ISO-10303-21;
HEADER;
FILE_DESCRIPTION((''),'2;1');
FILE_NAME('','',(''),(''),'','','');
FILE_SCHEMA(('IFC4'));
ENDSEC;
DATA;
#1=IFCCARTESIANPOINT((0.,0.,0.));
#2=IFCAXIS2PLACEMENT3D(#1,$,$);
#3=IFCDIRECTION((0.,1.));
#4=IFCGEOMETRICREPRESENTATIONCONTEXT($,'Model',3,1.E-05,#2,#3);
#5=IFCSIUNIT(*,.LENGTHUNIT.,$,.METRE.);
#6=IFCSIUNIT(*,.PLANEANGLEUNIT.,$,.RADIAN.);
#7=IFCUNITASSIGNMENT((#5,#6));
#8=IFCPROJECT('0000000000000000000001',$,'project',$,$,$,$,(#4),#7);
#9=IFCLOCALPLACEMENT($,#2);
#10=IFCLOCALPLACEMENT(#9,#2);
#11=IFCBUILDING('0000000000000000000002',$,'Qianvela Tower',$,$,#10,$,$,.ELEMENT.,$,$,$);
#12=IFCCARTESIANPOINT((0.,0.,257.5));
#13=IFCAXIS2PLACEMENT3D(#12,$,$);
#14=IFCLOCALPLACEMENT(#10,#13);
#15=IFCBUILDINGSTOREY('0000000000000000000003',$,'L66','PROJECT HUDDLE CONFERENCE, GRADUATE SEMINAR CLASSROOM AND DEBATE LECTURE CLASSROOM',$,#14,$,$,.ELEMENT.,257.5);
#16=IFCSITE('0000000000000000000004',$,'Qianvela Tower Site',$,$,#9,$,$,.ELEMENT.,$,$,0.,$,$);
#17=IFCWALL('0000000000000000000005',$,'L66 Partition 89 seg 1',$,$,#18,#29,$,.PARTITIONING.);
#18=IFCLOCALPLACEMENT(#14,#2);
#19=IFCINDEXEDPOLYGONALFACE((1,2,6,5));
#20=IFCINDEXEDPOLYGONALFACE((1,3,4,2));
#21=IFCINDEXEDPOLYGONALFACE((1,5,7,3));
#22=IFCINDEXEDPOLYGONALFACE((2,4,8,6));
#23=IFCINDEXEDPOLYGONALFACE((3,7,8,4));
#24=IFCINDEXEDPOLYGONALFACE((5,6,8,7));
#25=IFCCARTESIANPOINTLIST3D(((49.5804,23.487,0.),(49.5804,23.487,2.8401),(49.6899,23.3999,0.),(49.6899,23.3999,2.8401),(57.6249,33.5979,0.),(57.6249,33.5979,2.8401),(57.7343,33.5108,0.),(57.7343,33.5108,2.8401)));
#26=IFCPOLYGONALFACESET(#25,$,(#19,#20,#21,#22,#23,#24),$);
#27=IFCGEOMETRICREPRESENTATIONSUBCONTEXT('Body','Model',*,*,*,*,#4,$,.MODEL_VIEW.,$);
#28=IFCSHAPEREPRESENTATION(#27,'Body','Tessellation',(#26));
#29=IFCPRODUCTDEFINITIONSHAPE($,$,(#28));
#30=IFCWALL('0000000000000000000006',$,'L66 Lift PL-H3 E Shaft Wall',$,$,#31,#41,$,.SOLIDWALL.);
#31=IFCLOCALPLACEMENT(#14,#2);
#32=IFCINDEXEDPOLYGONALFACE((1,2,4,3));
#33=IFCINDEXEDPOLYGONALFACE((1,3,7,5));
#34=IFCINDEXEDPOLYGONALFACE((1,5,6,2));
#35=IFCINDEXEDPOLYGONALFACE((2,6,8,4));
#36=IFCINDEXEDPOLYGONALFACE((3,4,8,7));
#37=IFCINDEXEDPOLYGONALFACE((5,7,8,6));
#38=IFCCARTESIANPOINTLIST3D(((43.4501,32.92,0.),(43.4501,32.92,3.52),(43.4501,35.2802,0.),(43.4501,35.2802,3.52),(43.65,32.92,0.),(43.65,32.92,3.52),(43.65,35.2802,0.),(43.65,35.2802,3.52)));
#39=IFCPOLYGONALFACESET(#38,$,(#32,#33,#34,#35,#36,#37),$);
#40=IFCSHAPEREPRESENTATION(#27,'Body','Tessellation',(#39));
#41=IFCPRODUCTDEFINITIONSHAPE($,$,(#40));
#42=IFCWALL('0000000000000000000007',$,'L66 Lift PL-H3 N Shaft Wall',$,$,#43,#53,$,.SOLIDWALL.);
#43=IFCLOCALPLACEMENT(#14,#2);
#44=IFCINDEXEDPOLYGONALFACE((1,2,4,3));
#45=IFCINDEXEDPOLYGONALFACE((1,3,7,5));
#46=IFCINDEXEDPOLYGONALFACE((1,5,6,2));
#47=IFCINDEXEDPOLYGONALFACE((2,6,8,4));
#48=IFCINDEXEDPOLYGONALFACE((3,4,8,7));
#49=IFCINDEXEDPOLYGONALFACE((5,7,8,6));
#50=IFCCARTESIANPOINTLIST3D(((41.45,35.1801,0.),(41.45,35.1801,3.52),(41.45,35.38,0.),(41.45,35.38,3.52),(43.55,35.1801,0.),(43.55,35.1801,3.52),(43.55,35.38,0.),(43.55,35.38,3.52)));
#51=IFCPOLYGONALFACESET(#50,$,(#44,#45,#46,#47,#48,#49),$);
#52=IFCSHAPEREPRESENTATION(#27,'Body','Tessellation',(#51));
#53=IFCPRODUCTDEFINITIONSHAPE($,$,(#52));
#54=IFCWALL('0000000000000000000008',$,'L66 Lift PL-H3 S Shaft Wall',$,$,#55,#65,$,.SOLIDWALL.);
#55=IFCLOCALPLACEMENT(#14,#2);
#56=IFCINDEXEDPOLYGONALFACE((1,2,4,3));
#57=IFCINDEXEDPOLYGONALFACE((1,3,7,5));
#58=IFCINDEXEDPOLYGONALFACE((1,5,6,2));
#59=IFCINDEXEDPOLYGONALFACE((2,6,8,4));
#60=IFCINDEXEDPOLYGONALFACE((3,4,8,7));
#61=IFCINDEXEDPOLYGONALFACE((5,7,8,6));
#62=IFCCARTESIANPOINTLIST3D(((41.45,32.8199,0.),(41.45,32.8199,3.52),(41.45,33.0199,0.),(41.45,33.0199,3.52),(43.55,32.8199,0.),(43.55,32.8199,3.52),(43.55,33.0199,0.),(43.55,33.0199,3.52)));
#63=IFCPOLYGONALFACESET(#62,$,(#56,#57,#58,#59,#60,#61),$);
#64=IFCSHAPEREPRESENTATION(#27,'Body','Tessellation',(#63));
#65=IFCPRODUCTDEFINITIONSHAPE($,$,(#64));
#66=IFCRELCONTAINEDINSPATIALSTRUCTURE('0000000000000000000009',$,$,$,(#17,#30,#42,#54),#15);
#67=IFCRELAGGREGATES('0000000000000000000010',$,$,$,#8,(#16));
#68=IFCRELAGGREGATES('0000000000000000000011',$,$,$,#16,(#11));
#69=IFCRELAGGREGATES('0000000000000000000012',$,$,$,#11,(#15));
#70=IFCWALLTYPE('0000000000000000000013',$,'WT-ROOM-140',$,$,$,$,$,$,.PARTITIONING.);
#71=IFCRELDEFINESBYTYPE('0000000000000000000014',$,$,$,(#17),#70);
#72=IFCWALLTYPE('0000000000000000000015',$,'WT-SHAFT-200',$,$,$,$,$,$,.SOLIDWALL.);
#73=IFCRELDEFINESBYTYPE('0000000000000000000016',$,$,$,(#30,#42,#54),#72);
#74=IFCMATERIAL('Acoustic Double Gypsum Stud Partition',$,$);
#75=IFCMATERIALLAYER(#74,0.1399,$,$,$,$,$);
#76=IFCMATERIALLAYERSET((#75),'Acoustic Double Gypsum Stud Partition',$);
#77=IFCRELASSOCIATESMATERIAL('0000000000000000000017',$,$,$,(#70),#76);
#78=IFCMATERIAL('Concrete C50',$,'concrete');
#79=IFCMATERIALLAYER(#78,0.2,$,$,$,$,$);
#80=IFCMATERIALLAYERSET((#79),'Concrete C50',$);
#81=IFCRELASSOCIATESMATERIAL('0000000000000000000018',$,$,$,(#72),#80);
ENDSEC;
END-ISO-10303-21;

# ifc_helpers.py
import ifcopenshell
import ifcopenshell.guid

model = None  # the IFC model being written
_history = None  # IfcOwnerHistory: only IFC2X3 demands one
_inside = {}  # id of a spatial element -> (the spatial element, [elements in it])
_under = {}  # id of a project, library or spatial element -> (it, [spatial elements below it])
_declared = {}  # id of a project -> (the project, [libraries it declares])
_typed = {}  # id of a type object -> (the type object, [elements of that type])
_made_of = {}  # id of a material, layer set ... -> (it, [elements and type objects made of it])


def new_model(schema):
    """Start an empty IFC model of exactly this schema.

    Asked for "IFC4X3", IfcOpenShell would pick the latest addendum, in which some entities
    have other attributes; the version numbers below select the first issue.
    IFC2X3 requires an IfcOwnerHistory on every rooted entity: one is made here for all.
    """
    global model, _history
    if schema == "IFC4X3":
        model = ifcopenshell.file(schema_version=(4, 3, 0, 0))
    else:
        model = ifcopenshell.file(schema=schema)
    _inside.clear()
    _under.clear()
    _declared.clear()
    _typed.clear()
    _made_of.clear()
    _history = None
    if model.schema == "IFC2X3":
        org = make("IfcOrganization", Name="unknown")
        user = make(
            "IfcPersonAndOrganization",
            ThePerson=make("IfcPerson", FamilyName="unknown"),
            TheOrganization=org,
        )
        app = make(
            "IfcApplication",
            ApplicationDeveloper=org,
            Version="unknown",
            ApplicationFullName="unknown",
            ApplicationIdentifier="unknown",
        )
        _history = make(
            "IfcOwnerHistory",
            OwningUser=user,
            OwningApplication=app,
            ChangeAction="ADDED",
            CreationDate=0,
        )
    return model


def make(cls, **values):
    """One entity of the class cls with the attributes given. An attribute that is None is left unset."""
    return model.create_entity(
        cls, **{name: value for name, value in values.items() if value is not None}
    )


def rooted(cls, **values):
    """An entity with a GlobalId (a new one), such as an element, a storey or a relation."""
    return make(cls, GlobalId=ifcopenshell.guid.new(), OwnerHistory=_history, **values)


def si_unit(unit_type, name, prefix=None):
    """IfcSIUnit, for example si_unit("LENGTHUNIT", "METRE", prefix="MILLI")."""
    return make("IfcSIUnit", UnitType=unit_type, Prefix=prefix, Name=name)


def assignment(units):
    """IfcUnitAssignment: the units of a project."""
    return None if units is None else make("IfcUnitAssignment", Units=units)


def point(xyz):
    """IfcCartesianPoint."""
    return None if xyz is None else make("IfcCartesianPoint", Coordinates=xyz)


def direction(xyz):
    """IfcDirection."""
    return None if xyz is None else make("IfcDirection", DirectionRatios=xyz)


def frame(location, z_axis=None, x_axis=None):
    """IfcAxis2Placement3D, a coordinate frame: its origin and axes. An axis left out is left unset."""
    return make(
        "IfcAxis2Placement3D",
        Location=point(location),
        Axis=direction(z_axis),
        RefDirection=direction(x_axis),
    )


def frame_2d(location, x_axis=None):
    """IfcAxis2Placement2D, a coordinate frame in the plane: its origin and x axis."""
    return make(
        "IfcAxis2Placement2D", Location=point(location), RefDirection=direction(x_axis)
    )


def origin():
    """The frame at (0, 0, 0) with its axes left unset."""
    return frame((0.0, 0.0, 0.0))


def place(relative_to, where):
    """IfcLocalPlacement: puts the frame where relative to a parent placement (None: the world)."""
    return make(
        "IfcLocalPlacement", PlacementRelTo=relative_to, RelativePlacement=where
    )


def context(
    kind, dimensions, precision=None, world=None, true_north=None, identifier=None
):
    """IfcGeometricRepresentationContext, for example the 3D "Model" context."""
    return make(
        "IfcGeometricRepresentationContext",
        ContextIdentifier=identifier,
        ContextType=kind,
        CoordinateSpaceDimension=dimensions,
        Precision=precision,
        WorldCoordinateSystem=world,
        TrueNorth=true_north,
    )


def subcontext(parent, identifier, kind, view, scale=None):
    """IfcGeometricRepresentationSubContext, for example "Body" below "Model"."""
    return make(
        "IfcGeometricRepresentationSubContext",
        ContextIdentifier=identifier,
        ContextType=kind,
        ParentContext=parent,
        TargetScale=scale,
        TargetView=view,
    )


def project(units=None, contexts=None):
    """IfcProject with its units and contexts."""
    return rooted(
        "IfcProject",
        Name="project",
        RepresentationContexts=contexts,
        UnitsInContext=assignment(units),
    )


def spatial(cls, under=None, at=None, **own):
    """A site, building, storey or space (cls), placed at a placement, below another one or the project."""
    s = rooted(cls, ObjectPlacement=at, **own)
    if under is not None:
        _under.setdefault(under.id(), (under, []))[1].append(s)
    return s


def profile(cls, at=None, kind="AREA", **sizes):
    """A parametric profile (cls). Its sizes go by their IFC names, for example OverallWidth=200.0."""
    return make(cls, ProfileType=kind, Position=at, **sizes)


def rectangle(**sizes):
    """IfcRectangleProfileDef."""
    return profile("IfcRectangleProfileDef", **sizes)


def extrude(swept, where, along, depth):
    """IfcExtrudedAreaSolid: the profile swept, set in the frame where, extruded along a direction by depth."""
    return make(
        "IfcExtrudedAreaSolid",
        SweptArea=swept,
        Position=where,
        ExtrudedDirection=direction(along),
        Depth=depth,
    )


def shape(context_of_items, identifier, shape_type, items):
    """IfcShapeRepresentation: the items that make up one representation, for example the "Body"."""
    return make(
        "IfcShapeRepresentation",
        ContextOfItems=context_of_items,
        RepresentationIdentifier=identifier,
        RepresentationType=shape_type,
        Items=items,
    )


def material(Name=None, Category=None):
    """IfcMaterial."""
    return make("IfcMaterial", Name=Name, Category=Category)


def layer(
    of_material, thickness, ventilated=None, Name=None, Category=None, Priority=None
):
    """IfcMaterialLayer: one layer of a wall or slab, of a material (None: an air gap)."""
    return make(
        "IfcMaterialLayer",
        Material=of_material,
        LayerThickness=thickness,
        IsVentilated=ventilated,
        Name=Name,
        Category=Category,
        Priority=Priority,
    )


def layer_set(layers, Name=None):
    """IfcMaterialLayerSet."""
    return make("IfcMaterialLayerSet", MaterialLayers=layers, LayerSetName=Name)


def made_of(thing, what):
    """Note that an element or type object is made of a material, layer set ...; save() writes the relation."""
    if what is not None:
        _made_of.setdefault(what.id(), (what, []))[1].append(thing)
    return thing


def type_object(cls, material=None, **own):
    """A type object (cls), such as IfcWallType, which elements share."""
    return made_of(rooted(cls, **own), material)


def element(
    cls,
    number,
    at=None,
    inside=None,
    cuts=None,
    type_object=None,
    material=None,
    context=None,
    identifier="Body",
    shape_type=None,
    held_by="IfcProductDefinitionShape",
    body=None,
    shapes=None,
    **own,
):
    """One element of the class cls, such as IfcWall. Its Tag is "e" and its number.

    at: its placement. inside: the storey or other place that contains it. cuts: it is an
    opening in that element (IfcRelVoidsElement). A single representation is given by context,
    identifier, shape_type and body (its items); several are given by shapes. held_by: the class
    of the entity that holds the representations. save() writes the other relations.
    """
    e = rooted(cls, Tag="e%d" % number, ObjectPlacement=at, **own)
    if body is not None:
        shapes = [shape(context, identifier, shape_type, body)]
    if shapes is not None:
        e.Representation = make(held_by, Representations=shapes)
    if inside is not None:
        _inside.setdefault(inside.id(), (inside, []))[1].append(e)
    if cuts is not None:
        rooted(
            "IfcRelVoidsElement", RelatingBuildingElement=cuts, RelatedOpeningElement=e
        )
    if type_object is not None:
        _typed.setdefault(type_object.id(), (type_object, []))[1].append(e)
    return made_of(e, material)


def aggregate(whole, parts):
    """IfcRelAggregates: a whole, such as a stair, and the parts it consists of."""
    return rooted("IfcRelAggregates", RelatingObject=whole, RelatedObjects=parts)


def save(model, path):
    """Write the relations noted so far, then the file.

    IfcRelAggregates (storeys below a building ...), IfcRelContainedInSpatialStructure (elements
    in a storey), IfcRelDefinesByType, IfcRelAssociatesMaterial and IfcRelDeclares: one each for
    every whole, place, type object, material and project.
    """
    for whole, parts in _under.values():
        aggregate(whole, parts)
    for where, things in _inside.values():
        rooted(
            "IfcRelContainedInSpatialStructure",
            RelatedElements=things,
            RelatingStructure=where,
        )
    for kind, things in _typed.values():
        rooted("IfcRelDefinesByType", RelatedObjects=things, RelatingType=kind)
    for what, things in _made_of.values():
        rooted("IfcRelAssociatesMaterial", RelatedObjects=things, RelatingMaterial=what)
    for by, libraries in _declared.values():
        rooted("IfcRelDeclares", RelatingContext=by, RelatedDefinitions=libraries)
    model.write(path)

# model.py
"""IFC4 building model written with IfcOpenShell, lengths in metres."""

from ifc_helpers import new_model, si_unit, direction, frame, frame_2d, origin, place, context, subcontext, project, spatial, rectangle, extrude, material, layer, layer_set, type_object, element, save


model = new_model("IFC4")

# Units and contexts
model_context = context("Model", 3, precision=1e-05, world=origin(), true_north=direction((0.0, 1.0)))
body_context = subcontext(model_context, "Body", "Model", "MODEL_VIEW")
ifc_project = project(units=[si_unit("LENGTHUNIT", "METRE"), si_unit("PLANEANGLEUNIT", "RADIAN")], contexts=[model_context])

# Site, building, storey
site_placement = place(None, origin())
site = spatial("IfcSite", under=ifc_project, at=site_placement, Name="Qianvela Tower Site", CompositionType="ELEMENT", RefElevation=0.0)
building_placement = place(site_placement, origin())
building = spatial("IfcBuilding", under=site, at=building_placement, Name="Qianvela Tower", CompositionType="ELEMENT")
storey_placement = place(building_placement, frame((0.0, 0.0, 257.5)))
storey = spatial("IfcBuildingStorey", under=building, at=storey_placement, Name="L66", Description="PROJECT HUDDLE CONFERENCE, GRADUATE SEMINAR CLASSROOM AND DEBATE LECTURE CLASSROOM", CompositionType="ELEMENT", Elevation=257.5)

# Walls
ifc_material_1 = material(Name="Acoustic Double Gypsum Stud Partition")
ifc_layer_1 = layer(ifc_material_1, 0.1399)
ifc_layer_set_1 = layer_set([ifc_layer_1], Name="Acoustic Double Gypsum Stud Partition")
wall_type_1 = type_object("IfcWallType", Name="WT-ROOM-140", PredefinedType="PARTITIONING", material=ifc_layer_set_1)
wall_1_placement = place(storey_placement, frame((57.6797, 33.5544, 0.0), z_axis=(0.0, 0.0, 1.0), x_axis=(-0.622605, -0.782536, 0.0)))
element("IfcWall", 1, at=wall_1_placement, inside=storey, type_object=wall_type_1, Name="L66 Partition 89 seg 1", PredefinedType="PARTITIONING", context=body_context, shape_type="SweptSolid", body=[
    extrude(rectangle(XDim=12.9207, YDim=0.1399, at=frame_2d((6.4604, 0.0))), origin(), (0.0, 0.0, 1.0), 2.8401),
])
ifc_material_2 = material(Name="Concrete C50", Category="concrete")
ifc_layer_2 = layer(ifc_material_2, 0.2)
ifc_layer_set_2 = layer_set([ifc_layer_2], Name="Concrete C50")
wall_type_2 = type_object("IfcWallType", Name="WT-SHAFT-200", PredefinedType="SOLIDWALL", material=ifc_layer_set_2)
wall_2_placement = place(storey_placement, frame((43.55, 32.9199, 0.0), z_axis=(0.0, 0.0, 1.0), x_axis=(0.0, 1.0, 0.0)))
element("IfcWall", 2, at=wall_2_placement, inside=storey, type_object=wall_type_2, Name="L66 Lift PL-H3 E Shaft Wall", PredefinedType="SOLIDWALL", context=body_context, shape_type="SweptSolid", body=[
    extrude(rectangle(XDim=2.3601, YDim=0.2, at=frame_2d((1.1802, 0.0))), origin(), (0.0, 0.0, 1.0), 3.52),
])

# Walls
for number, where, z_axis, x_axis, name in (
    (3, (41.45, 35.28, 0.0), (0.0, 0.0, 1.0), (1.0, 0.0, 0.0), "L66 Lift PL-H3 N Shaft Wall"),
    (4, (41.45, 32.9199, 0.0), (0.0, 0.0, 1.0), (1.0, 0.0, 0.0), "L66 Lift PL-H3 S Shaft Wall"),
):
    element("IfcWall", number, at=place(storey_placement, frame(where, z_axis=z_axis, x_axis=x_axis)), inside=storey, type_object=wall_type_2, Name=name, PredefinedType="SOLIDWALL", context=body_context, shape_type="SweptSolid", body=[
        extrude(rectangle(XDim=2.1001, YDim=0.2, at=frame_2d((1.05, 0.0))), origin(), (0.0, 0.0, 1.0), 3.52),
    ])

save(model, "model.ifc")
